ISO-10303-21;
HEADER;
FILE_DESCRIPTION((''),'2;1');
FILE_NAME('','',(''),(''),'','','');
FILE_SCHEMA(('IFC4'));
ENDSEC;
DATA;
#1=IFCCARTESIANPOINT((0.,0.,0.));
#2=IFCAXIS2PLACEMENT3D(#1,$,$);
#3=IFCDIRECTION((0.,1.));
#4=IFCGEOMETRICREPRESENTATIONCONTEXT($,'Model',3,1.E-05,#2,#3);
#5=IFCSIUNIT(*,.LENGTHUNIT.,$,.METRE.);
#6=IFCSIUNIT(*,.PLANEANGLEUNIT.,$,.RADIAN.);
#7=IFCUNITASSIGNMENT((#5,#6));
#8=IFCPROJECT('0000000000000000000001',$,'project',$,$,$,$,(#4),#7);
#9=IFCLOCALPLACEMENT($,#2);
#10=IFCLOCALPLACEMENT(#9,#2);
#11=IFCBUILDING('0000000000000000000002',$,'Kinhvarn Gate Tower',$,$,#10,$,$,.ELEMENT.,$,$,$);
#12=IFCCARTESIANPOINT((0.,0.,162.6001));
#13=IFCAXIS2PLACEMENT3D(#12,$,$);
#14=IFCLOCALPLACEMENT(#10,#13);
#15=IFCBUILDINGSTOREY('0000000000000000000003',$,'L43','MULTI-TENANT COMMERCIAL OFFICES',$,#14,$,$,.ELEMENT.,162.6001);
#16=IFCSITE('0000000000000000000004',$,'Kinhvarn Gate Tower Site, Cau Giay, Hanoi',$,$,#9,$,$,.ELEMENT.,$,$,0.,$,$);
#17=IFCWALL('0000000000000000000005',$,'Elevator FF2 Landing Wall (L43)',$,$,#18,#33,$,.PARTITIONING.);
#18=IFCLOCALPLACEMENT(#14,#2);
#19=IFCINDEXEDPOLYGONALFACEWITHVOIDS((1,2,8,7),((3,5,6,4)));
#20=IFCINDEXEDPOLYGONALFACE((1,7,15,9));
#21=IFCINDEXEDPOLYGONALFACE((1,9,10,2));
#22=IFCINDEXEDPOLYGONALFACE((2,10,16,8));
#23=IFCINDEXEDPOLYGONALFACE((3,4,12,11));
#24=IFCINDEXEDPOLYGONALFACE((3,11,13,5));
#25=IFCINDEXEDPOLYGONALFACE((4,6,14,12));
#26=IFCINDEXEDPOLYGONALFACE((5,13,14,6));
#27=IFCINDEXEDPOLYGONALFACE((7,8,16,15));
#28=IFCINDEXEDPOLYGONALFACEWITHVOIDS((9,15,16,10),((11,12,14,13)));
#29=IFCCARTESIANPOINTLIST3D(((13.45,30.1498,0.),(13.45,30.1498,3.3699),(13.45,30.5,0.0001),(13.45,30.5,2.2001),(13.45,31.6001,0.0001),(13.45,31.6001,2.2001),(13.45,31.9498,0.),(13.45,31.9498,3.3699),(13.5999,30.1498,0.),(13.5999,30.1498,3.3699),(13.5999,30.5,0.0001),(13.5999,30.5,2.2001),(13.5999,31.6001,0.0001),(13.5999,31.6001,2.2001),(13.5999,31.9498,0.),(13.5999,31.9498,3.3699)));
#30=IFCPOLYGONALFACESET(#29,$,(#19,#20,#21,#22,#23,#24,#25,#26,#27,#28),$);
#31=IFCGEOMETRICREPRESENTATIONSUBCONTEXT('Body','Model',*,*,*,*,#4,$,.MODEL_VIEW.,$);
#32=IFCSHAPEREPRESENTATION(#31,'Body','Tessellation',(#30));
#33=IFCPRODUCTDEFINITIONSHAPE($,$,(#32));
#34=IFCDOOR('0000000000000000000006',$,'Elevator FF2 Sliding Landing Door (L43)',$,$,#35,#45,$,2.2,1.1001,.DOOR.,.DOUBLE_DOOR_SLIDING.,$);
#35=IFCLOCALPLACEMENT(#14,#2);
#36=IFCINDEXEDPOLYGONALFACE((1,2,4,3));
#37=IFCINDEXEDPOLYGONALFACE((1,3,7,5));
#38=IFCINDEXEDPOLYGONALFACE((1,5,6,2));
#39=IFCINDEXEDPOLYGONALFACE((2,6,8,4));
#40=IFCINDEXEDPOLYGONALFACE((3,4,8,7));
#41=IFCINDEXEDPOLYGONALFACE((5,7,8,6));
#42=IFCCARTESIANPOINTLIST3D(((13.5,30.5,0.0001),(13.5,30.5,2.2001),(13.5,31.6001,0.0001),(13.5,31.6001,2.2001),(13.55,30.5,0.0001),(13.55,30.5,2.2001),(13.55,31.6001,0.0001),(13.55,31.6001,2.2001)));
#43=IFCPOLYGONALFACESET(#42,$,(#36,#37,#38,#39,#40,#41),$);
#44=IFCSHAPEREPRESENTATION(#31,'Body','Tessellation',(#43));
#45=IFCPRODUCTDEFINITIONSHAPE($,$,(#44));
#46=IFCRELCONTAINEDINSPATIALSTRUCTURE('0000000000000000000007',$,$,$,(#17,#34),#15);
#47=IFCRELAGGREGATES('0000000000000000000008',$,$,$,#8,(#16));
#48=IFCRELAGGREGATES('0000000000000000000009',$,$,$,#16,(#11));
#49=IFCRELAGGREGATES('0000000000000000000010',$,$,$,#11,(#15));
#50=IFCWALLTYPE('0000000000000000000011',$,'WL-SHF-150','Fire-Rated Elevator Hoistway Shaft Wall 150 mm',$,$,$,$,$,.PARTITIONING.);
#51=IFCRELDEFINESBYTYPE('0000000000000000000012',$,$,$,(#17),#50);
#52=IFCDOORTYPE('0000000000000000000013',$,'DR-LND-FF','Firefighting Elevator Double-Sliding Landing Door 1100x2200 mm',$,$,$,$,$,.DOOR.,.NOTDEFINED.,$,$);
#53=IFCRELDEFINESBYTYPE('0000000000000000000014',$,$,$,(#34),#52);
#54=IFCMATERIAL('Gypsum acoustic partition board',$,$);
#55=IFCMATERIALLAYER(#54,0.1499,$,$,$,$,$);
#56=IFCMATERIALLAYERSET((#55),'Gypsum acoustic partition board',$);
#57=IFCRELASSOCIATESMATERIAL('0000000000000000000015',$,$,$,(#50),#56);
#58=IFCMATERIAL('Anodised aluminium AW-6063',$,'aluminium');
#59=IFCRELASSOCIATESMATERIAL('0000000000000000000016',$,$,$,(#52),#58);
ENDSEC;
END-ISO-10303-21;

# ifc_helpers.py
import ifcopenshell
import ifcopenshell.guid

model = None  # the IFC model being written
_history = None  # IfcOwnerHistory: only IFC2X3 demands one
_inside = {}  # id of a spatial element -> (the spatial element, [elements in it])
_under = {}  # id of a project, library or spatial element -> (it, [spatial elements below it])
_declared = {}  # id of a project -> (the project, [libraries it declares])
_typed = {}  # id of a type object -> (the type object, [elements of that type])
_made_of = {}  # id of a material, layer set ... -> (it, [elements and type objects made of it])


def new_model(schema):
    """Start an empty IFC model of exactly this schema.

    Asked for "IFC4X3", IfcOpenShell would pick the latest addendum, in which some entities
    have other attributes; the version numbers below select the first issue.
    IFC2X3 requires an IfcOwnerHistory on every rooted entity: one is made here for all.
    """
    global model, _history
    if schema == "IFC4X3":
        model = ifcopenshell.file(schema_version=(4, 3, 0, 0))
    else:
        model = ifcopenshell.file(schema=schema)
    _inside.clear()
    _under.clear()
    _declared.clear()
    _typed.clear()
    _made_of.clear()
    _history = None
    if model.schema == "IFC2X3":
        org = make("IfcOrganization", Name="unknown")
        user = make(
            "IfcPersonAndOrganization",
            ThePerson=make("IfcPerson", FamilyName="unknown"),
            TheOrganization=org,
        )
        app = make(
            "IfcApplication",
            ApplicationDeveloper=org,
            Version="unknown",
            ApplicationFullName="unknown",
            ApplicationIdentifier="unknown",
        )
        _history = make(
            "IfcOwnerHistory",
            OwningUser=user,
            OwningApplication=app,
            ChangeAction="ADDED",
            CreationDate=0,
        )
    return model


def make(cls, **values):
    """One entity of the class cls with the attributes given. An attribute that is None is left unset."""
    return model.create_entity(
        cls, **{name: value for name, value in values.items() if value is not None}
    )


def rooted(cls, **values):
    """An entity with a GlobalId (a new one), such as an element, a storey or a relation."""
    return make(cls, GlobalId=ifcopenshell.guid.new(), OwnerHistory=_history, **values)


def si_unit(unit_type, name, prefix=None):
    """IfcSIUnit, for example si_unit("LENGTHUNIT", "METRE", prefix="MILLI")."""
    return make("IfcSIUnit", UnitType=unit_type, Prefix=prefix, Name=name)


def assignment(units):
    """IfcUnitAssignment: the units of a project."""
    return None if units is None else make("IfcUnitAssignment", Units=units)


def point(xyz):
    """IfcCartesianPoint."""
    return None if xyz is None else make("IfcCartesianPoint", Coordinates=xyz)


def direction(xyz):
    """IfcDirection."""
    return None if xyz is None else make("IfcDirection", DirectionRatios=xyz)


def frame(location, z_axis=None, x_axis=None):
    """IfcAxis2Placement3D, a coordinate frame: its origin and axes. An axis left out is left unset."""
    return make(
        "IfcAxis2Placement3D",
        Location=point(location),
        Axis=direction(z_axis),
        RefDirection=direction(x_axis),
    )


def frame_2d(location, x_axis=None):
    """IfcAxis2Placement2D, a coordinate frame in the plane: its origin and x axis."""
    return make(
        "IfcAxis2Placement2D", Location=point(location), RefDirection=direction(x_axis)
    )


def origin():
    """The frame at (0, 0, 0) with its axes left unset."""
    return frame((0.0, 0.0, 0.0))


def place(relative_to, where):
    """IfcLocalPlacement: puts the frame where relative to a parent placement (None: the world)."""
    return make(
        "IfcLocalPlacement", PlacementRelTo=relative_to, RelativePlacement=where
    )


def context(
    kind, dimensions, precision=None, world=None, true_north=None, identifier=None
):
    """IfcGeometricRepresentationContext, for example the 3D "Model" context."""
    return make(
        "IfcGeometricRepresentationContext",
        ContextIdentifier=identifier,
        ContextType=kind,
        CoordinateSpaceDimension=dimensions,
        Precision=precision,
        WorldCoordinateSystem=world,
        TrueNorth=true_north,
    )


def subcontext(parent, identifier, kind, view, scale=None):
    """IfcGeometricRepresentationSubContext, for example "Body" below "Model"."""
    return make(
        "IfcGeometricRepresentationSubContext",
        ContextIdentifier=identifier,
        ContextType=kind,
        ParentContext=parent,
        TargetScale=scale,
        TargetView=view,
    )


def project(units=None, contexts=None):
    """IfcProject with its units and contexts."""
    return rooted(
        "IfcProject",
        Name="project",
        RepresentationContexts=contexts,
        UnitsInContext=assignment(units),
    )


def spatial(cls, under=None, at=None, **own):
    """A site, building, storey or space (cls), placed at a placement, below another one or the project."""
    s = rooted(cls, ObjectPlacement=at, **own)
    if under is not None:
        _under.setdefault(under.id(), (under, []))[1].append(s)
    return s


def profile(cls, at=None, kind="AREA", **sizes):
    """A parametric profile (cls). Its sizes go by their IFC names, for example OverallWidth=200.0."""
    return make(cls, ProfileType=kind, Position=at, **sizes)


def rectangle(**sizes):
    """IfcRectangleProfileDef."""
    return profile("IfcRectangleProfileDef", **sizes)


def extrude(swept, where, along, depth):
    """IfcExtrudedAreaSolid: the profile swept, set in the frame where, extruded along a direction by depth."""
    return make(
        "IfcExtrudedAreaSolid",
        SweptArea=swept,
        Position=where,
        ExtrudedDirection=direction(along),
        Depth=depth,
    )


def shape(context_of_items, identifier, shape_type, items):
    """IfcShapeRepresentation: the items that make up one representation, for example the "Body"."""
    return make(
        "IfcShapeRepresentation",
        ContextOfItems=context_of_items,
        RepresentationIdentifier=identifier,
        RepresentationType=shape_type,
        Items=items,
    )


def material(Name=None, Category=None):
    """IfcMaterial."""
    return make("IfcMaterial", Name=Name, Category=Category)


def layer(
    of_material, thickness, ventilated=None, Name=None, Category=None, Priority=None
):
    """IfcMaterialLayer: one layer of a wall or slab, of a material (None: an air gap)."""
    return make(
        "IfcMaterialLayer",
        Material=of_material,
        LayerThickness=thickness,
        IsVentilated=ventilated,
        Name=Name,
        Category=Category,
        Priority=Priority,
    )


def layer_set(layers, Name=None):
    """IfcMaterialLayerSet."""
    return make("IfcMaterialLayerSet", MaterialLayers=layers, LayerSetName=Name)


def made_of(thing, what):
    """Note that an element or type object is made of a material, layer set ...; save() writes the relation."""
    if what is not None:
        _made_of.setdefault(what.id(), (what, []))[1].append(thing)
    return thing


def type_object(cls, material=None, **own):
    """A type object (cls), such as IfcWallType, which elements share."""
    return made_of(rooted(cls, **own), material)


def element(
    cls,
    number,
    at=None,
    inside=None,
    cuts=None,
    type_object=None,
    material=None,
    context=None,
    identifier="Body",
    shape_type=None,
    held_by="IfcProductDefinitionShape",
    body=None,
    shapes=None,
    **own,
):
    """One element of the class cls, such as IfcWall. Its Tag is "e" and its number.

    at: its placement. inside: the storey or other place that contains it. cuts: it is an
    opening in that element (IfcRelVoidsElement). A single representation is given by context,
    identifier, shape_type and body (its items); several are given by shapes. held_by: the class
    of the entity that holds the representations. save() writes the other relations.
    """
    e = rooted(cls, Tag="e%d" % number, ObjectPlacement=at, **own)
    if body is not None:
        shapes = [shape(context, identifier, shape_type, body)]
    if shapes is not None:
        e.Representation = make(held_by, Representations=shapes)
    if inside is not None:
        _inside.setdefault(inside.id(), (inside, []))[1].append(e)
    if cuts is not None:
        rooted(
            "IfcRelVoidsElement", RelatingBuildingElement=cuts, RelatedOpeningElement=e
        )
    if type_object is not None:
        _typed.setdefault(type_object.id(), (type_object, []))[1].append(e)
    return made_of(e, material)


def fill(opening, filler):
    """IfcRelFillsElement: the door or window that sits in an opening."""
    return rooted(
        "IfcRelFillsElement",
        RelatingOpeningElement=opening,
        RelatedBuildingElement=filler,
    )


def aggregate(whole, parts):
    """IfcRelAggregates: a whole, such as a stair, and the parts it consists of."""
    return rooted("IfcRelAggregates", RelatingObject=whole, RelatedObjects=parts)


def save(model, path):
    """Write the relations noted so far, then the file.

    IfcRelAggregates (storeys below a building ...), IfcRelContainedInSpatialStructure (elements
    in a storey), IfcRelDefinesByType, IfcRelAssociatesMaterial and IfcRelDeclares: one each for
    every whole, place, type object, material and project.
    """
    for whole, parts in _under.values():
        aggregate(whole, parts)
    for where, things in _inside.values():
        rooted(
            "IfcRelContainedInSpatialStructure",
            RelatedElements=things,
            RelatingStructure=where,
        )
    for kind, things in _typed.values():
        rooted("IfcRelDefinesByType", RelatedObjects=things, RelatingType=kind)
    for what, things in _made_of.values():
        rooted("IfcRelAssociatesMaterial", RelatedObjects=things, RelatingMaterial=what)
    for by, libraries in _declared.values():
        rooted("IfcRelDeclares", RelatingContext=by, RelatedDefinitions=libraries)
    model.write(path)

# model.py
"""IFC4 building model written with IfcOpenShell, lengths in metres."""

from ifc_helpers import new_model, si_unit, direction, frame, frame_2d, origin, place, context, subcontext, project, spatial, rectangle, extrude, material, layer, layer_set, type_object, element, fill, save


model = new_model("IFC4")

# Units and contexts
model_context = context("Model", 3, precision=1e-05, world=origin(), true_north=direction((0.0, 1.0)))
body_context = subcontext(model_context, "Body", "Model", "MODEL_VIEW")
ifc_project = project(units=[si_unit("LENGTHUNIT", "METRE"), si_unit("PLANEANGLEUNIT", "RADIAN")], contexts=[model_context])

# Site, building, storey
site_placement = place(None, origin())
site = spatial("IfcSite", under=ifc_project, at=site_placement, Name="Kinhvarn Gate Tower Site, Cau Giay, Hanoi", CompositionType="ELEMENT", RefElevation=0.0)
building_placement = place(site_placement, origin())
building = spatial("IfcBuilding", under=site, at=building_placement, Name="Kinhvarn Gate Tower", CompositionType="ELEMENT")
storey_placement = place(building_placement, frame((0.0, 0.0, 162.6001)))
storey = spatial("IfcBuildingStorey", under=building, at=storey_placement, Name="L43", Description="MULTI-TENANT COMMERCIAL OFFICES", CompositionType="ELEMENT", Elevation=162.6001)

# Shared definitions
ifc_material_1 = material(Name="Gypsum acoustic partition board")

# Shared definitions
ifc_layer_1 = layer(ifc_material_1, 0.1499)
ifc_layer_set_1 = layer_set([ifc_layer_1], Name="Gypsum acoustic partition board")
wall_type_1 = type_object("IfcWallType", Name="WL-SHF-150", Description="Fire-Rated Elevator Hoistway Shaft Wall 150 mm", PredefinedType="PARTITIONING", material=ifc_layer_set_1)
ifc_material_2 = material(Name="Anodised aluminium AW-6063", Category="aluminium")

# Wall, opening, door
wall_1_placement = place(storey_placement, frame((13.5249, 30.1499, 0.0), z_axis=(0.0, 0.0, 1.0), x_axis=(0.0, 1.0, 0.0)))
wall_1 = element("IfcWall", 1, at=wall_1_placement, inside=storey, type_object=wall_type_1, Name="Elevator FF2 Landing Wall (L43)", PredefinedType="PARTITIONING", context=body_context, shape_type="SweptSolid", body=[
    extrude(rectangle(XDim=1.8, YDim=0.1499, at=frame_2d((0.8999, 0.0))), origin(), (0.0, 0.0, 1.0), 3.3699),
])
opening_1_placement = place(wall_1_placement, frame((0.3501, 0.0, 0.0)))
opening_1 = element("IfcOpeningElement", 2, at=opening_1_placement, cuts=wall_1, PredefinedType="OPENING", context=body_context, shape_type="SweptSolid", body=[
    extrude(rectangle(XDim=1.1001, YDim=2.2, at=frame_2d((0.55, 1.1001))), frame((0.0, 0.085, 0.0), z_axis=(0.0, -1.0, 0.0), x_axis=(1.0, 0.0, 0.0)), (0.0, 0.0, 1.0), 0.1699),
])
door_type_1 = type_object("IfcDoorType", Name="DR-LND-FF", Description="Firefighting Elevator Double-Sliding Landing Door 1100x2200 mm", OperationType="NOTDEFINED", PredefinedType="DOOR", material=ifc_material_2)
door_1_placement = place(opening_1_placement, origin())
door_1 = element("IfcDoor", 3, at=door_1_placement, inside=storey, type_object=door_type_1, Name="Elevator FF2 Sliding Landing Door (L43)", OperationType="DOUBLE_DOOR_SLIDING", OverallHeight=2.2, OverallWidth=1.1001, PredefinedType="DOOR", context=body_context, shape_type="SweptSolid", body=[
    extrude(rectangle(XDim=1.1001, YDim=2.2, at=frame_2d((0.55, 1.1001))), frame((0.0, 0.0249, 0.0), z_axis=(0.0, -1.0, 0.0), x_axis=(1.0, 0.0, 0.0)), (0.0, 0.0, 1.0), 0.05),
])
fill(opening_1, door_1)

save(model, "model.ifc")
